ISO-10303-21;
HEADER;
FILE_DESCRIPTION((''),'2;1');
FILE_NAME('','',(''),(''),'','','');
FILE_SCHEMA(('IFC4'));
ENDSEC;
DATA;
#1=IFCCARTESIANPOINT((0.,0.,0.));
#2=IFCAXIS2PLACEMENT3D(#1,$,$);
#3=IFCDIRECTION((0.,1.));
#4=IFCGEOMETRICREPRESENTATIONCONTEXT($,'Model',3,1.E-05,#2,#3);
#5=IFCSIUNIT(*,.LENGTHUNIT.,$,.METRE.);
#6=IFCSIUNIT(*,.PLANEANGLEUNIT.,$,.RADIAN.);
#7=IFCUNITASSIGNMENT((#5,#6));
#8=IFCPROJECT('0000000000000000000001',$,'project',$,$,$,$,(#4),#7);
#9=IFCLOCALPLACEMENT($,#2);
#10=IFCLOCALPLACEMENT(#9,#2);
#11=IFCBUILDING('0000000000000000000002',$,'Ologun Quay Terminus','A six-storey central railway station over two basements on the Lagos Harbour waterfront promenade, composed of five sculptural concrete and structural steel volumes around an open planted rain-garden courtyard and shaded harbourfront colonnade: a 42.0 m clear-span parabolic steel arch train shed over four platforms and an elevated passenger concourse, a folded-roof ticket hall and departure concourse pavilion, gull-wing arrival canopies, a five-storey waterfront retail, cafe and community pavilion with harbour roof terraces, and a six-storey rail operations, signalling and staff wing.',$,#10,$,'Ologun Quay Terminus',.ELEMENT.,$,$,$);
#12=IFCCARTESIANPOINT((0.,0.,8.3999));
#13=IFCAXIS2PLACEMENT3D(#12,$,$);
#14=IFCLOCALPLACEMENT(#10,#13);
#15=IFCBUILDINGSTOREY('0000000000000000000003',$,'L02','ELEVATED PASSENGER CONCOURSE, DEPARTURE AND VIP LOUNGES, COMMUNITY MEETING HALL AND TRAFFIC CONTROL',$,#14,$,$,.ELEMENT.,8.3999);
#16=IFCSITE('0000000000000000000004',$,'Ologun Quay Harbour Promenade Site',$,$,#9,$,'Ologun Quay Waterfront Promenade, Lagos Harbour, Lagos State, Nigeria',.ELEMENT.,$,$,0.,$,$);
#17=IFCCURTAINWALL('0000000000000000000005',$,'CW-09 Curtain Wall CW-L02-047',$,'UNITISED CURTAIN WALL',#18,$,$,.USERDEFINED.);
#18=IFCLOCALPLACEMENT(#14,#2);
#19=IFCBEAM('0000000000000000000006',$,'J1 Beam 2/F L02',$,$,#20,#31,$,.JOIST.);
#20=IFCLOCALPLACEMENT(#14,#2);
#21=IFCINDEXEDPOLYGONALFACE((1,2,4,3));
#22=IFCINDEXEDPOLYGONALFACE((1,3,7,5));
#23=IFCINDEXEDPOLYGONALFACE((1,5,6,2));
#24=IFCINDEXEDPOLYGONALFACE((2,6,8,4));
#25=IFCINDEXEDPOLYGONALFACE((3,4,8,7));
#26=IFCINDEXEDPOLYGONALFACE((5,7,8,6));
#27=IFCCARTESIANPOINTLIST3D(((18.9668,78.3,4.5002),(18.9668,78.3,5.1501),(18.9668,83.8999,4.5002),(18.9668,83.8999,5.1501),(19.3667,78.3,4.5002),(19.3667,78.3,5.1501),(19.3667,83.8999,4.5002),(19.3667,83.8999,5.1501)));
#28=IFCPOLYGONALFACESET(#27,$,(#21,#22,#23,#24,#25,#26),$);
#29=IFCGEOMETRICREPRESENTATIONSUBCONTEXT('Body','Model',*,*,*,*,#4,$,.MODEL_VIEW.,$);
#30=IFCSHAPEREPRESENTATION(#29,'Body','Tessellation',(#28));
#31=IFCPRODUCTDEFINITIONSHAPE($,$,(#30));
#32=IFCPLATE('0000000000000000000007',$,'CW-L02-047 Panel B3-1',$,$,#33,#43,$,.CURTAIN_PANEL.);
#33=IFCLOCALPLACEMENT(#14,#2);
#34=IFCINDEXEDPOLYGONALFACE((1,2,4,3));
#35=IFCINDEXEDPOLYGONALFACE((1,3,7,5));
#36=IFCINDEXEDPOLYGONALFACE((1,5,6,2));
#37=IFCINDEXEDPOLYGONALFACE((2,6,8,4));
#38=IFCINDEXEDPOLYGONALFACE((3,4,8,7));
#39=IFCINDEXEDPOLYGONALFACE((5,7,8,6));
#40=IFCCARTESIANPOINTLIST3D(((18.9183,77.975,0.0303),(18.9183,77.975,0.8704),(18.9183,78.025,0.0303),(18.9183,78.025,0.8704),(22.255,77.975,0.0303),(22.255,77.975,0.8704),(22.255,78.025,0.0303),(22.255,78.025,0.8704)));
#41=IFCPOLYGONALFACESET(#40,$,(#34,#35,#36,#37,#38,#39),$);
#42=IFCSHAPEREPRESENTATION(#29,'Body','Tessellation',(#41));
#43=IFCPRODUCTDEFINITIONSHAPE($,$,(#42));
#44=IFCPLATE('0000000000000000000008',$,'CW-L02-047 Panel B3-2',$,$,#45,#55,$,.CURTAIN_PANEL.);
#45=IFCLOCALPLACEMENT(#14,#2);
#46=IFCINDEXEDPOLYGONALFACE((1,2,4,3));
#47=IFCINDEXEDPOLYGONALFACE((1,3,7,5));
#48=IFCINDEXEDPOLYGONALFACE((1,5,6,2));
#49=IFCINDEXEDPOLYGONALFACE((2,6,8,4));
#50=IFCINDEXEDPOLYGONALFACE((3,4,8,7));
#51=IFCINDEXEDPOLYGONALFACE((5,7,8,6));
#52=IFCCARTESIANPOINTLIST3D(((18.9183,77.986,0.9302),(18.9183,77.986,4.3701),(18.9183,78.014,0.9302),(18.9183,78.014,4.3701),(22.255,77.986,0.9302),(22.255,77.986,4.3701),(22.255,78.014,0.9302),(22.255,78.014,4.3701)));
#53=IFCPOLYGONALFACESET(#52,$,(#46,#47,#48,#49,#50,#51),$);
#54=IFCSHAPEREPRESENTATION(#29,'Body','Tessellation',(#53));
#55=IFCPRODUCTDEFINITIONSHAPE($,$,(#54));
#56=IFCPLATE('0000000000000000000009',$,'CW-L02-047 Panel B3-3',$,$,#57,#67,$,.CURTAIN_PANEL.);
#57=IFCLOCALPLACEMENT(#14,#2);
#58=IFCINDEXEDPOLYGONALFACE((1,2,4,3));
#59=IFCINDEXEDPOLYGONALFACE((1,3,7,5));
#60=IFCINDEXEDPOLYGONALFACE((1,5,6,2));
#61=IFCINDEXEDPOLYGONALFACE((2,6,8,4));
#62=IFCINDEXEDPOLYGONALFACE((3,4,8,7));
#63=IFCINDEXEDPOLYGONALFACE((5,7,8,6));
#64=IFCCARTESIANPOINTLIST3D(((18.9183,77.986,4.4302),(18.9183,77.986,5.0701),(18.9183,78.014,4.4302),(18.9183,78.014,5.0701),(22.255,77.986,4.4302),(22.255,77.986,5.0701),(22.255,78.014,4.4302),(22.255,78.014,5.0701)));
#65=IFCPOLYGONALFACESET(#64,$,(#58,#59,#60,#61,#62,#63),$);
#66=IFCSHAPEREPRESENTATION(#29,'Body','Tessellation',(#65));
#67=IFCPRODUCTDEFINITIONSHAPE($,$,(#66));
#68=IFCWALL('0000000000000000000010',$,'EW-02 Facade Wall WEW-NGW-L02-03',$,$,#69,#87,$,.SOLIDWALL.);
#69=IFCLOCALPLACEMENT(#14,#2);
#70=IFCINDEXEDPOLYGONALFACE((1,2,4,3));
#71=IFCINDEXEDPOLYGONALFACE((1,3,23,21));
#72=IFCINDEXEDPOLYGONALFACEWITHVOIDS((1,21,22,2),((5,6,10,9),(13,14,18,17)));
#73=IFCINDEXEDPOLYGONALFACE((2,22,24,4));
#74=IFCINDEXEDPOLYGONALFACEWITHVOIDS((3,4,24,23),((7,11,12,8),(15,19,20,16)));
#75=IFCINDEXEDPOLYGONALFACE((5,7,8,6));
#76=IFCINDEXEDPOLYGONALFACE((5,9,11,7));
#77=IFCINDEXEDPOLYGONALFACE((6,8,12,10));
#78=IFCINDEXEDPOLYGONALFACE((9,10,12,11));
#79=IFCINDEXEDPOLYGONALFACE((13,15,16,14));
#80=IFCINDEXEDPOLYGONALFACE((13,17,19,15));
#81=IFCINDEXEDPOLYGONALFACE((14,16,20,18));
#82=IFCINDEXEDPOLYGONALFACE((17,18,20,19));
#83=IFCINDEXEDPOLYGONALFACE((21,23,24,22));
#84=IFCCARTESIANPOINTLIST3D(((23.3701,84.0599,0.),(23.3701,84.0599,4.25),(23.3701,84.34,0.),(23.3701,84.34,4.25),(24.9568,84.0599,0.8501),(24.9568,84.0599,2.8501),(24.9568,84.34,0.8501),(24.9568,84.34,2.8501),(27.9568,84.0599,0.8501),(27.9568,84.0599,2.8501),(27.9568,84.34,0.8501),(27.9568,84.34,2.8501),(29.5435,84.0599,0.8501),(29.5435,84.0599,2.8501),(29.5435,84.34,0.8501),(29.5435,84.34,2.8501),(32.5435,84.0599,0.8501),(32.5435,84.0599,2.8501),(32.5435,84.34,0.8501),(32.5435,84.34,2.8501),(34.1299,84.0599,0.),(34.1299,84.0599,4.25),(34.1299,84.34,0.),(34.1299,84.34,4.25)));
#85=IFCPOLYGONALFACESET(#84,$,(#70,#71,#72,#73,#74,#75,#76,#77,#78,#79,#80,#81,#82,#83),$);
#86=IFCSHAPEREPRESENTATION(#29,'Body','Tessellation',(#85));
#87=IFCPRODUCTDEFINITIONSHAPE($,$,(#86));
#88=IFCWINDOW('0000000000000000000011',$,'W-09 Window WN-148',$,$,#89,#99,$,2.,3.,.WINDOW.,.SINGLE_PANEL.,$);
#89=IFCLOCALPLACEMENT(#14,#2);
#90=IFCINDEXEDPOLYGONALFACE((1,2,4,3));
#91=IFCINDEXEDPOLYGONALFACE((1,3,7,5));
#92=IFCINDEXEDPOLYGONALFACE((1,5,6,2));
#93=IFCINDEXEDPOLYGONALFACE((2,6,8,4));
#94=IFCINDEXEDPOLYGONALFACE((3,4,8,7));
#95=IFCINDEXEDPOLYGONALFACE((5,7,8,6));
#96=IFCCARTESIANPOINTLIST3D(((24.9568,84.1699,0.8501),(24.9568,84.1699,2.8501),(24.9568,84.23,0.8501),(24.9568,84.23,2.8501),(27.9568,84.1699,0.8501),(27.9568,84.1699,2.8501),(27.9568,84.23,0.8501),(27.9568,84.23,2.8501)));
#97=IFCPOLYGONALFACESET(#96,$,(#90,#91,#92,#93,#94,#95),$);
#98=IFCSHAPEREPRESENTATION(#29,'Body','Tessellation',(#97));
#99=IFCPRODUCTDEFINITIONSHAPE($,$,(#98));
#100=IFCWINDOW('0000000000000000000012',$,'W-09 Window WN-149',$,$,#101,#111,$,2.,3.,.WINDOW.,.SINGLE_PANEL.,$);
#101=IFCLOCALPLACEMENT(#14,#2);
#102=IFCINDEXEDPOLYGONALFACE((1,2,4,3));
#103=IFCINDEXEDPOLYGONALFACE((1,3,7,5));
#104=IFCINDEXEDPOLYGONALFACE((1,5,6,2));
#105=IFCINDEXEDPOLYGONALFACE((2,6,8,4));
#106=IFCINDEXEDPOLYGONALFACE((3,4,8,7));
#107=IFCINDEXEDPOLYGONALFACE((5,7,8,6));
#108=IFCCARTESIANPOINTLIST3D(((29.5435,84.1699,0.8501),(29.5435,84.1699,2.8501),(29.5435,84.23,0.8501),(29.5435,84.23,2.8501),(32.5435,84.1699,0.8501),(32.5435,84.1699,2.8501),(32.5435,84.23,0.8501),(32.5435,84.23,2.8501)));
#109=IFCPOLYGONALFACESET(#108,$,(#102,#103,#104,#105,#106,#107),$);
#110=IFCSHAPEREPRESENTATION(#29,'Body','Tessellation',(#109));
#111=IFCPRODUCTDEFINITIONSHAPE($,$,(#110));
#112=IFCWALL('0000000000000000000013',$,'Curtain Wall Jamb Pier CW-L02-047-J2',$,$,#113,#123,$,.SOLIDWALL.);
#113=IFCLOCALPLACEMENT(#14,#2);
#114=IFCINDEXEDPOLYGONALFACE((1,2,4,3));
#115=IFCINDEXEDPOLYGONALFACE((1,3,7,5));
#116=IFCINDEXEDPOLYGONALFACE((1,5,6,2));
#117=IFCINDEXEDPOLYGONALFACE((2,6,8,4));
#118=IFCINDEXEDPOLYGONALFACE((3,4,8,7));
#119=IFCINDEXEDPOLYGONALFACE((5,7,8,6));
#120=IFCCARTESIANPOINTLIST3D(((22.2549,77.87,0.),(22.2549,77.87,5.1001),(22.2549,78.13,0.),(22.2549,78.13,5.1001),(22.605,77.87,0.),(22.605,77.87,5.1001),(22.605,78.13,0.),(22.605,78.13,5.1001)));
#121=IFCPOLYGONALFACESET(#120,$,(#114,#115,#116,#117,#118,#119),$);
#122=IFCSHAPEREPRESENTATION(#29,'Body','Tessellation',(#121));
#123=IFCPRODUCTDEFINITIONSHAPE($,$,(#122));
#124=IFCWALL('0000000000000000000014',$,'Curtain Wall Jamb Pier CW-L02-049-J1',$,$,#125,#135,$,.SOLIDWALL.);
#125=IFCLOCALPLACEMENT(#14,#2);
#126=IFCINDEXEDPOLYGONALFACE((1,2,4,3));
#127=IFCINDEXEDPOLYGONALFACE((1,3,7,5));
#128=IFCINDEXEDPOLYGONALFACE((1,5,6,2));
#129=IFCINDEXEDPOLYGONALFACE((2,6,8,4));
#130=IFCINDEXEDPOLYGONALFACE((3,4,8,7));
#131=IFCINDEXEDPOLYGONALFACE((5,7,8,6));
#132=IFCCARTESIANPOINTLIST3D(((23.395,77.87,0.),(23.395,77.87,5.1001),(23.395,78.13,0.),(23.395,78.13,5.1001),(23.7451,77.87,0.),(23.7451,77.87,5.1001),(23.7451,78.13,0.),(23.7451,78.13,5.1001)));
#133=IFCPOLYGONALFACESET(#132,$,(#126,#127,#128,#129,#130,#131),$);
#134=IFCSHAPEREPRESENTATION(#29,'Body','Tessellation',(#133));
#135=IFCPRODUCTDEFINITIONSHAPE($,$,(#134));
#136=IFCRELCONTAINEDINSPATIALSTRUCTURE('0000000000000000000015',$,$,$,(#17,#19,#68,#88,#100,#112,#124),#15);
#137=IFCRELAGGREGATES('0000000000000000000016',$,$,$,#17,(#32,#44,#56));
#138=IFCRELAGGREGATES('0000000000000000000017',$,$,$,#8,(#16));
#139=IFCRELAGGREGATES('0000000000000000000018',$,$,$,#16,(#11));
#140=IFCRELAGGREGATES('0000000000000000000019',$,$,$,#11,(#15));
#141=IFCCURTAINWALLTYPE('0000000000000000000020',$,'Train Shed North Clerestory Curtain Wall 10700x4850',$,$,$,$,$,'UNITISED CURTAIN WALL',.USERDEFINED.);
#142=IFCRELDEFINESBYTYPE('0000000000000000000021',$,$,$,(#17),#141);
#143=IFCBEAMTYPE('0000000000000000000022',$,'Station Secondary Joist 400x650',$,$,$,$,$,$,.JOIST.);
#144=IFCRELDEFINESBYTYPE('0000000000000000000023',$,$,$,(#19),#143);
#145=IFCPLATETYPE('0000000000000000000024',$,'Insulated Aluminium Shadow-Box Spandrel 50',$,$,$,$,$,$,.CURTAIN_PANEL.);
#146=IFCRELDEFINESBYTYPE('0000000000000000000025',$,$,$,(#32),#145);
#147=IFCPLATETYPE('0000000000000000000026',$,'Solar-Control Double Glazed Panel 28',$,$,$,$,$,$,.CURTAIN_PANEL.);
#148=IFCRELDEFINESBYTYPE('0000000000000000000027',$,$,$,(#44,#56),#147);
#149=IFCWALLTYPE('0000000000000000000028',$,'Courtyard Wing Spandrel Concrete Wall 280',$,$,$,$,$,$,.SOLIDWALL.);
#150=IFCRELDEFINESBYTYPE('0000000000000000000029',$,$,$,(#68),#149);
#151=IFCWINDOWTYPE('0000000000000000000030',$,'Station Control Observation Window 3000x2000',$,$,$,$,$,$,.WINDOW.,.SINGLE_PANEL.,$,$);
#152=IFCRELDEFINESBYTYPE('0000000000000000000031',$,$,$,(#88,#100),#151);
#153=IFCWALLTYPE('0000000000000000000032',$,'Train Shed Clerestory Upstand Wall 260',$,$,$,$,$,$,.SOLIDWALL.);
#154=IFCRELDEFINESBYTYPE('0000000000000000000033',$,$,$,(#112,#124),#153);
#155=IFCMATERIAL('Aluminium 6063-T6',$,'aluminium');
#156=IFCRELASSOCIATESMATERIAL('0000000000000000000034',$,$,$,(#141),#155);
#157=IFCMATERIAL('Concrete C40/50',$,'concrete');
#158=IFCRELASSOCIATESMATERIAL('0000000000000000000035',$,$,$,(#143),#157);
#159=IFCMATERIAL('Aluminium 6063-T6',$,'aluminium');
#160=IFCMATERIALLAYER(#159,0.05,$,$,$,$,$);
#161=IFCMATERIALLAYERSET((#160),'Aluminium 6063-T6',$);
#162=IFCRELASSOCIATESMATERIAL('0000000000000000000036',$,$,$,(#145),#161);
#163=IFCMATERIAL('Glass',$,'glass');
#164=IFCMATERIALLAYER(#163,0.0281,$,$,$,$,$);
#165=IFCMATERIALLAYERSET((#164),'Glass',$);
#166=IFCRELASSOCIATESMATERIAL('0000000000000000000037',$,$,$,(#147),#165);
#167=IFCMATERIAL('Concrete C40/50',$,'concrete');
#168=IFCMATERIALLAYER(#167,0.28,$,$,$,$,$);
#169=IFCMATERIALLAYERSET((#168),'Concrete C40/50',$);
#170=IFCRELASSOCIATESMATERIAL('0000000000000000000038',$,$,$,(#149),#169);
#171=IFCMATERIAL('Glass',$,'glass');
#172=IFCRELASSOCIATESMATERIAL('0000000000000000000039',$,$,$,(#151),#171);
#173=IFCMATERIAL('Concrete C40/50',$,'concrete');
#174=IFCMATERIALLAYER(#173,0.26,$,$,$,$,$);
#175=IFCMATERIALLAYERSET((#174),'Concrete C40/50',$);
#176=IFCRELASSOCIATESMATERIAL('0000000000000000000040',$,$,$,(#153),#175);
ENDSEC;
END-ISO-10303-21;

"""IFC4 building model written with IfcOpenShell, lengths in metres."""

from ifc_helpers import new_model, si_unit, direction, frame, frame_2d, origin, origin_2d, place, context, subcontext, project, spatial, rectangle, extrude, material, layer, layer_set, material_profile, profile_set, type_object, element, fill, aggregate, save


model = new_model("IFC4")

# Units and contexts
model_context = context("Model", 3, precision=1e-05, world=origin(), true_north=direction((0.0, 1.0)))
body_context = subcontext(model_context, "Body", "Model", "MODEL_VIEW")
ifc_project = project(units=[si_unit("LENGTHUNIT", "METRE"), si_unit("PLANEANGLEUNIT", "RADIAN")], contexts=[model_context])

# Site, building, storey
site_placement = place(None, origin())
site = spatial("IfcSite", under=ifc_project, at=site_placement, Name="Ologun Quay Harbour Promenade Site", LongName="Ologun Quay Waterfront Promenade, Lagos Harbour, Lagos State, Nigeria", CompositionType="ELEMENT", RefElevation=0.0)
building_placement = place(site_placement, origin())
building = spatial("IfcBuilding", under=site, at=building_placement, Name="Ologun Quay Terminus", Description="A six-storey central railway station over two basements on the Lagos Harbour waterfront promenade, composed of five sculptural concrete and structural steel volumes around an open planted rain-garden courtyard and shaded harbourfront colonnade: a 42.0 m clear-span parabolic steel arch train shed over four platforms and an elevated passenger concourse, a folded-roof ticket hall and departure concourse pavilion, gull-wing arrival canopies, a five-storey waterfront retail, cafe and community pavilion with harbour roof terraces, and a six-storey rail operations, signalling and staff wing.", LongName="Ologun Quay Terminus", CompositionType="ELEMENT")
storey_placement = place(building_placement, frame((0.0, 0.0, 8.3999)))
storey = spatial("IfcBuildingStorey", under=building, at=storey_placement, Name="L02", Description="ELEVATED PASSENGER CONCOURSE, DEPARTURE AND VIP LOUNGES, COMMUNITY MEETING HALL AND TRAFFIC CONTROL", CompositionType="ELEMENT", Elevation=8.3999)

# Curtain wall
ifc_material_1 = material(Name="Aluminium 6063-T6", Category="aluminium")
curtain_wall_type = type_object("IfcCurtainWallType", Name="Train Shed North Clerestory Curtain Wall 10700x4850", ElementType="UNITISED CURTAIN WALL", PredefinedType="USERDEFINED", material=ifc_material_1)
curtain_wall_1_placement = place(storey_placement, origin())
curtain_wall_1 = element("IfcCurtainWall", 1, at=curtain_wall_1_placement, inside=storey, type_object=curtain_wall_type, Name="CW-09 Curtain Wall CW-L02-047", ObjectType="UNITISED CURTAIN WALL", PredefinedType="USERDEFINED")

# Beam
ifc_material_2 = material(Name="Concrete C40/50", Category="concrete")
ifc_material_profile_1 = material_profile(ifc_material_2, rectangle(XDim=0.3999, YDim=0.6499, at=origin_2d()), Name="RC 400x650")
ifc_profile_set_1 = profile_set([ifc_material_profile_1], Name="Concrete C40/50")
beam_type_1 = type_object("IfcBeamType", Name="Station Secondary Joist 400x650", PredefinedType="JOIST", material=ifc_profile_set_1)
beam_1_placement = place(storey_placement, frame((19.1667, 78.3, 4.8252), z_axis=(0.0, 1.0, 0.0), x_axis=(-1.0, 0.0, 0.0)))
element("IfcBeam", 2, at=beam_1_placement, inside=storey, type_object=beam_type_1, Name="J1 Beam 2/F L02", PredefinedType="JOIST", context=body_context, shape_type="SweptSolid", body=[
    extrude(rectangle(XDim=0.3999, YDim=0.6499, at=origin_2d()), origin(), (0.0, 0.0, 1.0), 5.5999),
])

# Plates
ifc_material_3 = material(Name="Aluminium 6063-T6", Category="aluminium")
ifc_layer_1 = layer(ifc_material_3, 0.05)
ifc_layer_set_1 = layer_set([ifc_layer_1], Name="Aluminium 6063-T6")
plate_type_1 = type_object("IfcPlateType", Name="Insulated Aluminium Shadow-Box Spandrel 50", PredefinedType="CURTAIN_PANEL", material=ifc_layer_set_1)
plate_1_placement = place(storey_placement, frame((20.5867, 78.0, 0.0303), z_axis=(0.0, 0.0, 1.0), x_axis=(1.0, 0.0, 0.0)))
plate_1 = element("IfcPlate", 3, at=plate_1_placement, type_object=plate_type_1, Name="CW-L02-047 Panel B3-1", PredefinedType="CURTAIN_PANEL", context=body_context, shape_type="SweptSolid", body=[
    extrude(rectangle(XDim=3.3367, YDim=0.05, at=origin_2d()), origin(), (0.0, 0.0, 1.0), 0.8401),
])
ifc_material_4 = material(Name="Glass", Category="glass")
ifc_layer_2 = layer(ifc_material_4, 0.0281)
ifc_layer_set_2 = layer_set([ifc_layer_2], Name="Glass")
plate_type_2 = type_object("IfcPlateType", Name="Solar-Control Double Glazed Panel 28", PredefinedType="CURTAIN_PANEL", material=ifc_layer_set_2)
plate_2_placement = place(storey_placement, frame((20.5867, 78.0, 0.9302), z_axis=(0.0, 0.0, 1.0), x_axis=(1.0, 0.0, 0.0)))
plate_2 = element("IfcPlate", 4, at=plate_2_placement, type_object=plate_type_2, Name="CW-L02-047 Panel B3-2", PredefinedType="CURTAIN_PANEL", context=body_context, shape_type="SweptSolid", body=[
    extrude(rectangle(XDim=3.3367, YDim=0.0281, at=origin_2d()), origin(), (0.0, 0.0, 1.0), 3.4399),
])
plate_3_placement = place(storey_placement, frame((20.5867, 78.0, 4.4302), z_axis=(0.0, 0.0, 1.0), x_axis=(1.0, 0.0, 0.0)))
plate_3 = element("IfcPlate", 5, at=plate_3_placement, type_object=plate_type_2, Name="CW-L02-047 Panel B3-3", PredefinedType="CURTAIN_PANEL", context=body_context, shape_type="SweptSolid", body=[
    extrude(rectangle(XDim=3.3367, YDim=0.0281, at=origin_2d()), origin(), (0.0, 0.0, 1.0), 0.6399),
])
aggregate(curtain_wall_1, [plate_1, plate_2, plate_3])

# Wall, openings, windows
ifc_material_5 = material(Name="Concrete C40/50", Category="concrete")
ifc_layer_3 = layer(ifc_material_5, 0.28)
ifc_layer_set_3 = layer_set([ifc_layer_3], Name="Concrete C40/50")
wall_type_1 = type_object("IfcWallType", Name="Courtyard Wing Spandrel Concrete Wall 280", PredefinedType="SOLIDWALL", material=ifc_layer_set_3)
wall_placement = place(storey_placement, frame((23.3701, 84.2, 0.0), z_axis=(0.0, 0.0, 1.0), x_axis=(1.0, 0.0, 0.0)))
wall = element("IfcWall", 6, at=wall_placement, inside=storey, type_object=wall_type_1, Name="EW-02 Facade Wall WEW-NGW-L02-03", PredefinedType="SOLIDWALL", context=body_context, shape_type="SweptSolid", body=[
    extrude(rectangle(XDim=10.7598, YDim=0.28, at=frame_2d((5.3799, 0.0))), origin(), (0.0, 0.0, 1.0), 4.25),
])
opening_1_placement = place(wall_placement, frame((1.5867, 0.0, 0.8501)))
opening_1 = element("IfcOpeningElement", 7, at=opening_1_placement, cuts=wall, PredefinedType="OPENING", context=body_context, shape_type="SweptSolid", body=[
    extrude(rectangle(XDim=3.0, YDim=2.0, at=frame_2d((1.5, 1.0))), frame((0.0, 0.1499, 0.0), z_axis=(0.0, -1.0, 0.0), x_axis=(1.0, 0.0, 0.0)), (0.0, 0.0, 1.0), 0.3),
])
opening_2_placement = place(wall_placement, frame((6.1733, 0.0, 0.8501)))
opening_2 = element("IfcOpeningElement", 8, at=opening_2_placement, cuts=wall, PredefinedType="OPENING", context=body_context, shape_type="SweptSolid", body=[
    extrude(rectangle(XDim=3.0, YDim=2.0, at=frame_2d((1.5, 1.0))), frame((0.0, 0.1499, 0.0), z_axis=(0.0, -1.0, 0.0), x_axis=(1.0, 0.0, 0.0)), (0.0, 0.0, 1.0), 0.3),
])
ifc_material_6 = material(Name="Glass", Category="glass")
window_type = type_object("IfcWindowType", Name="Station Control Observation Window 3000x2000", PartitioningType="SINGLE_PANEL", PredefinedType="WINDOW", material=ifc_material_6)
window_1_placement = place(opening_1_placement, origin())
window_1 = element("IfcWindow", 9, at=window_1_placement, inside=storey, type_object=window_type, Name="W-09 Window WN-148", OverallHeight=2.0, OverallWidth=3.0, PartitioningType="SINGLE_PANEL", PredefinedType="WINDOW", context=body_context, shape_type="SweptSolid", body=[
    extrude(rectangle(XDim=3.0, YDim=2.0, at=frame_2d((1.5, 1.0))), frame((0.0, 0.03, 0.0), z_axis=(0.0, -1.0, 0.0), x_axis=(1.0, 0.0, 0.0)), (0.0, 0.0, 1.0), 0.0601),
])
fill(opening_1, window_1)
window_2_placement = place(opening_2_placement, origin())
window_2 = element("IfcWindow", 10, at=window_2_placement, inside=storey, type_object=window_type, Name="W-09 Window WN-149", OverallHeight=2.0, OverallWidth=3.0, PartitioningType="SINGLE_PANEL", PredefinedType="WINDOW", context=body_context, shape_type="SweptSolid", body=[
    extrude(rectangle(XDim=3.0, YDim=2.0, at=frame_2d((1.5, 1.0))), frame((0.0, 0.03, 0.0), z_axis=(0.0, -1.0, 0.0), x_axis=(1.0, 0.0, 0.0)), (0.0, 0.0, 1.0), 0.0601),
])
fill(opening_2, window_2)

# Walls
ifc_material_7 = material(Name="Concrete C40/50", Category="concrete")
ifc_layer_4 = layer(ifc_material_7, 0.26)
ifc_layer_set_4 = layer_set([ifc_layer_4], Name="Concrete C40/50")
wall_type_2 = type_object("IfcWallType", Name="Train Shed Clerestory Upstand Wall 260", PredefinedType="SOLIDWALL", material=ifc_layer_set_4)
for number, where, z_axis, x_axis, name in (
    (11, (22.2549, 78.0, 0.0), (0.0, 0.0, 1.0), (1.0, 0.0, 0.0), "Curtain Wall Jamb Pier CW-L02-047-J2"),
    (12, (23.395, 78.0, 0.0), (0.0, 0.0, 1.0), (1.0, 0.0, 0.0), "Curtain Wall Jamb Pier CW-L02-049-J1"),
):
    element("IfcWall", number, at=place(storey_placement, frame(where, z_axis=z_axis, x_axis=x_axis)), inside=storey, type_object=wall_type_2, Name=name, PredefinedType="SOLIDWALL", context=body_context, shape_type="SweptSolid", body=[
        extrude(rectangle(XDim=0.3501, YDim=0.26, at=frame_2d((0.175, 0.0))), origin(), (0.0, 0.0, 1.0), 5.1001),
    ])

save(model, "model.ifc")
